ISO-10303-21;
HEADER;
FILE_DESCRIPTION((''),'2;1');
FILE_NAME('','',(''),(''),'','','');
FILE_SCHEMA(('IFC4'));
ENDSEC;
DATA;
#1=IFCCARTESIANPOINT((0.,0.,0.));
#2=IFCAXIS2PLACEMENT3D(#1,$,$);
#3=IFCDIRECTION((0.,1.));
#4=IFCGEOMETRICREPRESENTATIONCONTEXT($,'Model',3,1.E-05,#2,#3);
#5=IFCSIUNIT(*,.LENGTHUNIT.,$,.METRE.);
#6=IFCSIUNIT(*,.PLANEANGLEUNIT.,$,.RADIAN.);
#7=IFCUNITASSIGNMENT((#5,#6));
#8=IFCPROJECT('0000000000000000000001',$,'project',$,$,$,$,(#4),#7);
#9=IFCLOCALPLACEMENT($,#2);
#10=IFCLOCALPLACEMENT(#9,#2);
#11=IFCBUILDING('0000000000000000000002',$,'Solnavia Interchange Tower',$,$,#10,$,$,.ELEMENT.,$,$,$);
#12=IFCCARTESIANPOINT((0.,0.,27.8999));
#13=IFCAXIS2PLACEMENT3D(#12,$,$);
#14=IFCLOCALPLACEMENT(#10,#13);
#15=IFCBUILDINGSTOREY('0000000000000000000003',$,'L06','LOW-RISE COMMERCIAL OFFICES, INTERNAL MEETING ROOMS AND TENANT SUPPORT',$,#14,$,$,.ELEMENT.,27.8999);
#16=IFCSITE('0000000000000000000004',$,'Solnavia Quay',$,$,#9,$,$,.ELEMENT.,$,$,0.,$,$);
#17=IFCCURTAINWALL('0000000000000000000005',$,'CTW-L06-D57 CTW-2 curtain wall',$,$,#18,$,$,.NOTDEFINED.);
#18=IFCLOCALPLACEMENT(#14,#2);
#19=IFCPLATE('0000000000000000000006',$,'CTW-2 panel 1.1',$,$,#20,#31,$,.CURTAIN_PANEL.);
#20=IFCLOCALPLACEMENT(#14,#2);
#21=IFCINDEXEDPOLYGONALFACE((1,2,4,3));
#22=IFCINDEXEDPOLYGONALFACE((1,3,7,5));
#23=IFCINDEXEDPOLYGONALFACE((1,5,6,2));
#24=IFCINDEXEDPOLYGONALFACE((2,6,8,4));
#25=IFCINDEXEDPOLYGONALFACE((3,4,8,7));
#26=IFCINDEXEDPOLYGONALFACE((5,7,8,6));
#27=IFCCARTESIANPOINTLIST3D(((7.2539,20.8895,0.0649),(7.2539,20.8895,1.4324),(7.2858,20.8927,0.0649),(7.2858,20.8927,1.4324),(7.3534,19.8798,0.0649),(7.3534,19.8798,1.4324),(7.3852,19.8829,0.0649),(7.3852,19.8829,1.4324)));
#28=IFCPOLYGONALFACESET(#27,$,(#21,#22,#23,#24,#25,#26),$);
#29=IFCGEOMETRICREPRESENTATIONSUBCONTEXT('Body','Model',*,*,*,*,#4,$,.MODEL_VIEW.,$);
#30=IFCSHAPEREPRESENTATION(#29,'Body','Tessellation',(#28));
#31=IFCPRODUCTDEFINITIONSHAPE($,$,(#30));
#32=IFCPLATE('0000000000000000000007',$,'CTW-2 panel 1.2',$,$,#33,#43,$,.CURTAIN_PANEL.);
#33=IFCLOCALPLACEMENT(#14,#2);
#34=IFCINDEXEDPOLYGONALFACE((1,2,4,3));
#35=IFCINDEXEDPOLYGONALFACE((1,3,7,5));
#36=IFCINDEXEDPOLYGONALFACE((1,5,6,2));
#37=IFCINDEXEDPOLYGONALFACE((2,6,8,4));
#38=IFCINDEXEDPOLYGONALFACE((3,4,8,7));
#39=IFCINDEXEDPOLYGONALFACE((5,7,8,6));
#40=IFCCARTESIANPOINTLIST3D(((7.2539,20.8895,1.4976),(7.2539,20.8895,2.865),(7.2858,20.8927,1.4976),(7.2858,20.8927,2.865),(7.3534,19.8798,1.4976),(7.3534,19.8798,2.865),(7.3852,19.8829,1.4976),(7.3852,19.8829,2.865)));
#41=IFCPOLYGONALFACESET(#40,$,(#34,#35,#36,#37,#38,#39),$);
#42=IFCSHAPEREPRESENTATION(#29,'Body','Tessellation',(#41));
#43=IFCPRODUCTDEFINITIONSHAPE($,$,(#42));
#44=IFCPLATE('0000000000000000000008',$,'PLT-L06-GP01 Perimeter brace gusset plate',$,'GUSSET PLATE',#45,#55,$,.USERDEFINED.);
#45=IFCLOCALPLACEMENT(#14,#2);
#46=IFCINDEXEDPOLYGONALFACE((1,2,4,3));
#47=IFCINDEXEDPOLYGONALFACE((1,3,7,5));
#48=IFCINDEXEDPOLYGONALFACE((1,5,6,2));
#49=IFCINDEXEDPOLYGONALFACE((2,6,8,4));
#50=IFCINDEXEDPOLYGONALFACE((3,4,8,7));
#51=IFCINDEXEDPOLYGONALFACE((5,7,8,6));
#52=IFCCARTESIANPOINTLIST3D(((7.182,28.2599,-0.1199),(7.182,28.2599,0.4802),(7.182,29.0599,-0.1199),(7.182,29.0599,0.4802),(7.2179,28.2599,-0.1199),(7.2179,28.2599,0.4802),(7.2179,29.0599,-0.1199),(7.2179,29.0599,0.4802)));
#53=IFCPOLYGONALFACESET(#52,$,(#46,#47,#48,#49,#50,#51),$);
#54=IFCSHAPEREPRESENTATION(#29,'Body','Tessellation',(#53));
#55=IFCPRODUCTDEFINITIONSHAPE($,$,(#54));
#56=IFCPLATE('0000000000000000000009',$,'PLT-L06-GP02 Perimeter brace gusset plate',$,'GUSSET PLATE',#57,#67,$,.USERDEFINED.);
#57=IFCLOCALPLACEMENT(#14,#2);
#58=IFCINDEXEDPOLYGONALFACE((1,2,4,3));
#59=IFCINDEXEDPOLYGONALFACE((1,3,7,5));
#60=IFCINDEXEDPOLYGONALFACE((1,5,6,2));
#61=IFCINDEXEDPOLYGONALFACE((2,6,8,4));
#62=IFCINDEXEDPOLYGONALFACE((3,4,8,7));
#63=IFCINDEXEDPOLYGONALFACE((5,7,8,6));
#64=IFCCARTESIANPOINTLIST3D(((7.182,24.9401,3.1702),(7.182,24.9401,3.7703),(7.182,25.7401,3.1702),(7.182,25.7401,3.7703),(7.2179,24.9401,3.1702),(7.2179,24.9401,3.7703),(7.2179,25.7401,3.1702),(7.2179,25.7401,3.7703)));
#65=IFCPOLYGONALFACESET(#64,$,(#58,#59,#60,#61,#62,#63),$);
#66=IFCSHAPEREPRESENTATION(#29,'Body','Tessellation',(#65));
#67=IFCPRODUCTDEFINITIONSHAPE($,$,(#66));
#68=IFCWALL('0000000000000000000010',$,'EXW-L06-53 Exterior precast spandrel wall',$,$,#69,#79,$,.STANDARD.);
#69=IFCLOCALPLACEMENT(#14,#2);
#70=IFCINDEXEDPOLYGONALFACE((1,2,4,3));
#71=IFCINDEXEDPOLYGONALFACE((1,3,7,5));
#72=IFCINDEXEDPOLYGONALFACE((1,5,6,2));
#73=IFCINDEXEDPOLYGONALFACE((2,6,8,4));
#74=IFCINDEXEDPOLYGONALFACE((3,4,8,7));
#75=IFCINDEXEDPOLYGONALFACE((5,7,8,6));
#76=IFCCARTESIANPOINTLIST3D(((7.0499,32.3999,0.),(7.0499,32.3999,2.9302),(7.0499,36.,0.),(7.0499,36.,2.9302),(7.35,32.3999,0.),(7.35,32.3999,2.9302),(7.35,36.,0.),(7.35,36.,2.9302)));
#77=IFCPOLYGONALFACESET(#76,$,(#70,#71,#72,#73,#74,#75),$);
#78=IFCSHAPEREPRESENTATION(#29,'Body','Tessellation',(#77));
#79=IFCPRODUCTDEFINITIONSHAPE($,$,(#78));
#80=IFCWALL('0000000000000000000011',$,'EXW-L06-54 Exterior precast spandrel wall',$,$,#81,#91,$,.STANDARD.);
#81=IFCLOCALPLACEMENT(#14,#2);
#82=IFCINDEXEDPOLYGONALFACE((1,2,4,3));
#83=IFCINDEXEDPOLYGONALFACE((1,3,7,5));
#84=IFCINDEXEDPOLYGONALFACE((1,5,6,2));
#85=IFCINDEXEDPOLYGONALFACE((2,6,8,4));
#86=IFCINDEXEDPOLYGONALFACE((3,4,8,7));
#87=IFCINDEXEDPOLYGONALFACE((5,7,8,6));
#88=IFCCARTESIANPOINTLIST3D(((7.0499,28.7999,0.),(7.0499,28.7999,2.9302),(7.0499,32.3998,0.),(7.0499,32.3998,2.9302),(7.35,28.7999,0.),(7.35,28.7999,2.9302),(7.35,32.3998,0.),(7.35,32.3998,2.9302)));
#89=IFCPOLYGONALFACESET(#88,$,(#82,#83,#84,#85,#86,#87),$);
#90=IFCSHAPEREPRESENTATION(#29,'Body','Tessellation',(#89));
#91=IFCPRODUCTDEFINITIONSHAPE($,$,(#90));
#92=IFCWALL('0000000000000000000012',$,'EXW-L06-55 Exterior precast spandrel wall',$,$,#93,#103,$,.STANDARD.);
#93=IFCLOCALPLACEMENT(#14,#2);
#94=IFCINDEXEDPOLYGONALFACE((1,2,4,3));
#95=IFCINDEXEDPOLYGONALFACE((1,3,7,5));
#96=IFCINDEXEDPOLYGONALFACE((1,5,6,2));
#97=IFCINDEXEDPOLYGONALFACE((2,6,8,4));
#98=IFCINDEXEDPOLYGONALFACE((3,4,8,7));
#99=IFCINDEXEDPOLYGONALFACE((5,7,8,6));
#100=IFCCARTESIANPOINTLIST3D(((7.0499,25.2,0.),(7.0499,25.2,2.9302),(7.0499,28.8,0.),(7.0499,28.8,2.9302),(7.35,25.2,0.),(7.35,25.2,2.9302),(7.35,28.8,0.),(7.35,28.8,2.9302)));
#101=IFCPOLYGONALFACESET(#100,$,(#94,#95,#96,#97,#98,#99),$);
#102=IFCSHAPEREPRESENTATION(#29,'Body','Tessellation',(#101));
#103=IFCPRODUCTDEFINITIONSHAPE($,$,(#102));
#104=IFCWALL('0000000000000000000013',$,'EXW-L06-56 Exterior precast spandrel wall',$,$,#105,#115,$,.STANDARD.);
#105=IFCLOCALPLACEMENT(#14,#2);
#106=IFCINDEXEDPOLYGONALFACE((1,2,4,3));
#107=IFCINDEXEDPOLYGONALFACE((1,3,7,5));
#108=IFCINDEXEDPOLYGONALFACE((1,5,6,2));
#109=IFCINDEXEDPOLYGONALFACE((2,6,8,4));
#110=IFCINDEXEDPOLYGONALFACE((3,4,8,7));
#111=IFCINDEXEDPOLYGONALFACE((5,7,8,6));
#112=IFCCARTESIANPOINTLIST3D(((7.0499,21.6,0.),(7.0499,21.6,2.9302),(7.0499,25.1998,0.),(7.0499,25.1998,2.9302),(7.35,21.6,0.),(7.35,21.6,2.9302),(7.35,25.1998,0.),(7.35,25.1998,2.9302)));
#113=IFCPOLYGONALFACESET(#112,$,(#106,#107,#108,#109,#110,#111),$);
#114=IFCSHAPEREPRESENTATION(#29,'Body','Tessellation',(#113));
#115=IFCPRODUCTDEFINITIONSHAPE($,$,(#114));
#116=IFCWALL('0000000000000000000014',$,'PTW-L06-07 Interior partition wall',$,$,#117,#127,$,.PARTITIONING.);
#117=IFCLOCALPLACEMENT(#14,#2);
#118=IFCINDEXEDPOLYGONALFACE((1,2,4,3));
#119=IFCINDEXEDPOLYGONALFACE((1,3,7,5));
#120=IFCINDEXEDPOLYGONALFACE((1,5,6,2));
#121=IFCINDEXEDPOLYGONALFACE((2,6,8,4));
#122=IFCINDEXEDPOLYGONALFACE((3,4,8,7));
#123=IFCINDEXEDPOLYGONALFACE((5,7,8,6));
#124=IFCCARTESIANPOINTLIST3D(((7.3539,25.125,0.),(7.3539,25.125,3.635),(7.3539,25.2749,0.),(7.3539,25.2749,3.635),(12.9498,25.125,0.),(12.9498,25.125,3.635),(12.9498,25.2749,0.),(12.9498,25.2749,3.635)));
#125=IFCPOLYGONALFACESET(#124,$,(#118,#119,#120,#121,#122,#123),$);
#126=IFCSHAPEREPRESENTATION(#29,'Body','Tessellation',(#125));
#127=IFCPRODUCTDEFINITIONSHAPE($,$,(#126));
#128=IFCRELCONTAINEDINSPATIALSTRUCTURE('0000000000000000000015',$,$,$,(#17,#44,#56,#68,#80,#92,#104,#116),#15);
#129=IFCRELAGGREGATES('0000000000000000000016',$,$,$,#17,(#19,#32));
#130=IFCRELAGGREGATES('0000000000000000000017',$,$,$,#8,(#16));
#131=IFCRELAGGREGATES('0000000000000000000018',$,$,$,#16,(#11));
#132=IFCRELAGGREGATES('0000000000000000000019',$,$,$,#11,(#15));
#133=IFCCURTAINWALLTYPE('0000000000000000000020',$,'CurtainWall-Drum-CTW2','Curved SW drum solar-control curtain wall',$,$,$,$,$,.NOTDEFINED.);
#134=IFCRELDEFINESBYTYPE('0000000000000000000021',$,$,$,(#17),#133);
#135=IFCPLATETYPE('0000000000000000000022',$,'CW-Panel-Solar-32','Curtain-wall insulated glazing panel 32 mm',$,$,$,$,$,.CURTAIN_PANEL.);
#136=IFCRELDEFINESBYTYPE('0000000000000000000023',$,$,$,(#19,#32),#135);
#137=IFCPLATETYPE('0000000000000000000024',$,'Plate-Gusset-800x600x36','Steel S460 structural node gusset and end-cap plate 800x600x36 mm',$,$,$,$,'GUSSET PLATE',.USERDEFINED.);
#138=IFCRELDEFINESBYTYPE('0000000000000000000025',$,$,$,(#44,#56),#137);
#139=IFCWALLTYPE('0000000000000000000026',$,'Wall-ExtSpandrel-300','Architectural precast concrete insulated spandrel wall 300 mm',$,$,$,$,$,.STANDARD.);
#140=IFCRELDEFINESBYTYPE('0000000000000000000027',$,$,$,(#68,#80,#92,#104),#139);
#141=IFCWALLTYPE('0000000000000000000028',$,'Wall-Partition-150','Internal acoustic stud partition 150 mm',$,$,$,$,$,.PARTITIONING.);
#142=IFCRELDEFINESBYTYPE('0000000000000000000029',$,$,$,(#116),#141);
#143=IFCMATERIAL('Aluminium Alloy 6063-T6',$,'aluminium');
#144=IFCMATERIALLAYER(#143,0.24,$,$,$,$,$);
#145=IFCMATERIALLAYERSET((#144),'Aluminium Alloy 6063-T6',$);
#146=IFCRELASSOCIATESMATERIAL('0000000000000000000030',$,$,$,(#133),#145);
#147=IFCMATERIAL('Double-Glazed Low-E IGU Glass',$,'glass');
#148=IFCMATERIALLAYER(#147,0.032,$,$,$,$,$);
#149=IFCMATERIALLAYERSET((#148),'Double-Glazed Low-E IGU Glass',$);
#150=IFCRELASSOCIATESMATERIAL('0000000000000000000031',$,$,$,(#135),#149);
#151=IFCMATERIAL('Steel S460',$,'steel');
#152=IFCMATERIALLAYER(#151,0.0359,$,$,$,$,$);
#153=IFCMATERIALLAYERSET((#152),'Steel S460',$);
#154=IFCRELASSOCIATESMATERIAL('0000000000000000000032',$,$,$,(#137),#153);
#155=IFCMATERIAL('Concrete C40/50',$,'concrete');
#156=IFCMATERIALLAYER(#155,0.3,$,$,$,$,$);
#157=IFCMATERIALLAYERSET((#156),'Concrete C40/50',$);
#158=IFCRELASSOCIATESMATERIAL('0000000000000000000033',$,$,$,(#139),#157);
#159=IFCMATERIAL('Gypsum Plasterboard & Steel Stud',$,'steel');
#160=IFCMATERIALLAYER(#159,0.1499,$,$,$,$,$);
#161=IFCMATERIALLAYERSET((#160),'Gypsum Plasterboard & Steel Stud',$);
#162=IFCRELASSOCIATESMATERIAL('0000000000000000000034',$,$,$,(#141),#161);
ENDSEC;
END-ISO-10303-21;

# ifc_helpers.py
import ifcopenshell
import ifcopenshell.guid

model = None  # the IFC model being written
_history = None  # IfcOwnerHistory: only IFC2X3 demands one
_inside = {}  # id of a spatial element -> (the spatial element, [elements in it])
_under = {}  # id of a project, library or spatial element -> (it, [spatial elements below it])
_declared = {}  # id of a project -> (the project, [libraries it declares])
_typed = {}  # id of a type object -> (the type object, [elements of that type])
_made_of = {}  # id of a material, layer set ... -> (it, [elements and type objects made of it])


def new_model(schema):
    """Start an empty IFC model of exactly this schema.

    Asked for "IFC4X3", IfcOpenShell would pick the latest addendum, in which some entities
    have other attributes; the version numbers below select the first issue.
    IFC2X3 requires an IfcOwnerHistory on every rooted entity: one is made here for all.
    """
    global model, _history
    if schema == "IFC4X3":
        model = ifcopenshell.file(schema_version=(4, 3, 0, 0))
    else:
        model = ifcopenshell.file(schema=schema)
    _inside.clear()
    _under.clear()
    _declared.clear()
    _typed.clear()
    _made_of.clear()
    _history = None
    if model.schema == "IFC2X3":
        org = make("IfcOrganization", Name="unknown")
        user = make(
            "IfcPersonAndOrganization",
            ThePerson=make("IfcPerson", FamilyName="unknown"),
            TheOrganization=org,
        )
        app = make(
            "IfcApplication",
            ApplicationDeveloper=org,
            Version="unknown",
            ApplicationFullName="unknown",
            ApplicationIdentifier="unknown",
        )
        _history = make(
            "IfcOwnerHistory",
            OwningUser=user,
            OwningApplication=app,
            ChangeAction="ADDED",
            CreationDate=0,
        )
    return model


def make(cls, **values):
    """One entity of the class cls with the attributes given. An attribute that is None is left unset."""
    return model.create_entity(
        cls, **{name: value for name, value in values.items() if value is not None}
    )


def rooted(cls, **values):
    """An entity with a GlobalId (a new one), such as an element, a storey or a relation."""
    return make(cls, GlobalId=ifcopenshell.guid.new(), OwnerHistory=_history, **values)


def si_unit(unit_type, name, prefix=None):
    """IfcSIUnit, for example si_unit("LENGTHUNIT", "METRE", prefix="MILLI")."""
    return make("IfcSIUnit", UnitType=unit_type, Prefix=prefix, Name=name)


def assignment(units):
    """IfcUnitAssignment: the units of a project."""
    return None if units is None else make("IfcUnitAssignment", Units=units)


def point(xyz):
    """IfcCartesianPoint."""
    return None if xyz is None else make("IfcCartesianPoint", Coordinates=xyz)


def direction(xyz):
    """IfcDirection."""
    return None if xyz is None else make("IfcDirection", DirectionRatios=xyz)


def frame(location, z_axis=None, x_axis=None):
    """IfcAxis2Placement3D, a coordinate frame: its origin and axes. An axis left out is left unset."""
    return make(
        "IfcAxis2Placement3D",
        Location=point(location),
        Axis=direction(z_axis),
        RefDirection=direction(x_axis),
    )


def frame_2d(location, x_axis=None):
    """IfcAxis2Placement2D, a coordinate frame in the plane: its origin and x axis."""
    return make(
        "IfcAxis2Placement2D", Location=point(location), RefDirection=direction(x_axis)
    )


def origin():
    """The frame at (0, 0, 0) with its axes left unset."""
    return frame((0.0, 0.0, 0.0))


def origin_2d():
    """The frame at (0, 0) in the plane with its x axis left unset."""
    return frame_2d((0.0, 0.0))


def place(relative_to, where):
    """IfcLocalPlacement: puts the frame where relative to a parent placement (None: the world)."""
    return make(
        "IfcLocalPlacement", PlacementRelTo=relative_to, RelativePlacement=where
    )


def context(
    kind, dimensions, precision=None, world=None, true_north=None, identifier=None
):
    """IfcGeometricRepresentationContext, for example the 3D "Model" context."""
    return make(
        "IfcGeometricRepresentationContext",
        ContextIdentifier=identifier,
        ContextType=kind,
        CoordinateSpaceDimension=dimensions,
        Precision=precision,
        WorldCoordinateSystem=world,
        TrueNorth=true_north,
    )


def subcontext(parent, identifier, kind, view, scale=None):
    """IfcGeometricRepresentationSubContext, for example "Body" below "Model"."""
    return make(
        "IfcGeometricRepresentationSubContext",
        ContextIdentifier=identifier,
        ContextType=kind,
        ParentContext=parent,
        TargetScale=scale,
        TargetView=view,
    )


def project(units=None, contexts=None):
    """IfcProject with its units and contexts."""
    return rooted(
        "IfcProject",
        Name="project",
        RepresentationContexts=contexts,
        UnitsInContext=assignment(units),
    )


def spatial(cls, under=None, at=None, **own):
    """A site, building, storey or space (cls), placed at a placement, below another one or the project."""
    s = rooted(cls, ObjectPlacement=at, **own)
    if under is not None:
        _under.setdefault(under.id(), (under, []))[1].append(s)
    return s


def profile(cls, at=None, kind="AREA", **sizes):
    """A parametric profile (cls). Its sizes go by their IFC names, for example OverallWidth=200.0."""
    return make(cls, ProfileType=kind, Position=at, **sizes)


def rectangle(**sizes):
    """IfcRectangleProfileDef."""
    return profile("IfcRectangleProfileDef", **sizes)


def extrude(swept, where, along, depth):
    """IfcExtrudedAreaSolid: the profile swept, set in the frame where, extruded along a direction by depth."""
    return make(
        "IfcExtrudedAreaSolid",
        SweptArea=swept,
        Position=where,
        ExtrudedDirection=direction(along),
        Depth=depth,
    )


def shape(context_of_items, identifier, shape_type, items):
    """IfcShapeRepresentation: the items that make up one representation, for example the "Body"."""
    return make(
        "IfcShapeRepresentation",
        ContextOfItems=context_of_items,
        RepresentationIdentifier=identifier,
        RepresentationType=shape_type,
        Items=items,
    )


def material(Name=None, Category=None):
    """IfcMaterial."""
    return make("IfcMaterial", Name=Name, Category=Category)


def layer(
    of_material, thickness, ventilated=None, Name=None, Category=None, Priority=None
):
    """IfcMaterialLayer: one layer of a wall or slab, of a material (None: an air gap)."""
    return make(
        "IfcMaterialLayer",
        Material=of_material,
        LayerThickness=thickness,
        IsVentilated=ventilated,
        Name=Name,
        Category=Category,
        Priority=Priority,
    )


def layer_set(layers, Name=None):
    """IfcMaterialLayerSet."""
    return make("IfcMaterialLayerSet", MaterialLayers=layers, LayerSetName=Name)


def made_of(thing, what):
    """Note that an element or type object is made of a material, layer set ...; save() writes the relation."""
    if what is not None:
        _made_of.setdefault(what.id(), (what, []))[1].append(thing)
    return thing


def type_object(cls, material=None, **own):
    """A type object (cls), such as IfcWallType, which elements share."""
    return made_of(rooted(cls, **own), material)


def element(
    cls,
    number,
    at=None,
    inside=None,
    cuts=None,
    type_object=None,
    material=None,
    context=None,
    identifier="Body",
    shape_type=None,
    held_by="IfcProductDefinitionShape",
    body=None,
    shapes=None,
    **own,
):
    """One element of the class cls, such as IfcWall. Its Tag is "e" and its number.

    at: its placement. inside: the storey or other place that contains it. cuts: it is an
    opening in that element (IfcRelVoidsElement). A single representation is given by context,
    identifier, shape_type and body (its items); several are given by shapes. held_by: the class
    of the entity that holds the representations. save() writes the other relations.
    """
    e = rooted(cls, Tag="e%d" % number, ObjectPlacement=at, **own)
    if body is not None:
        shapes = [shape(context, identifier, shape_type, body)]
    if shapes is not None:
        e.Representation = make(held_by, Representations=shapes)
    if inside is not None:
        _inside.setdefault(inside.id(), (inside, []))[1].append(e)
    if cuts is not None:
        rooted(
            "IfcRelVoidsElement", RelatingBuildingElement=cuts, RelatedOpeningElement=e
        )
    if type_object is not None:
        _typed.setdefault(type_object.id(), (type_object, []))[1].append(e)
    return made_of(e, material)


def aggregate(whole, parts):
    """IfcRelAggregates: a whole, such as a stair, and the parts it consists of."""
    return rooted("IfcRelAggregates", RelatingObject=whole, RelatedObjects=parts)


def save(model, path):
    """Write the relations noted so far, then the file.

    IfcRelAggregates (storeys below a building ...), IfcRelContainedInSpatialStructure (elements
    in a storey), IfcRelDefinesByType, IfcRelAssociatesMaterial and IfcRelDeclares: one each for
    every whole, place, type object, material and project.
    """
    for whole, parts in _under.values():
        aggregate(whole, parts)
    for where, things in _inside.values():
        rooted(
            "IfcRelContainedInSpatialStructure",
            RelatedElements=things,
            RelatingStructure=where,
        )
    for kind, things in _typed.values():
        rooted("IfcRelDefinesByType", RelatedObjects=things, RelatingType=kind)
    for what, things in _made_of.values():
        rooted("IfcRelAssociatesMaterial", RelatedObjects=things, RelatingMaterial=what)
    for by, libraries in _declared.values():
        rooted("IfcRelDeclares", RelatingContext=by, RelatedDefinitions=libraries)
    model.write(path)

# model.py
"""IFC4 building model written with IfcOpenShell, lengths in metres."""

from ifc_helpers import new_model, si_unit, direction, frame, frame_2d, origin, origin_2d, place, context, subcontext, project, spatial, rectangle, extrude, material, layer, layer_set, type_object, element, aggregate, save


model = new_model("IFC4")

# Units and contexts
model_context = context("Model", 3, precision=1e-05, world=origin(), true_north=direction((0.0, 1.0)))
body_context = subcontext(model_context, "Body", "Model", "MODEL_VIEW")
ifc_project = project(units=[si_unit("LENGTHUNIT", "METRE"), si_unit("PLANEANGLEUNIT", "RADIAN")], contexts=[model_context])

# Site, building, storey
site_placement = place(None, origin())
site = spatial("IfcSite", under=ifc_project, at=site_placement, Name="Solnavia Quay", CompositionType="ELEMENT", RefElevation=0.0)
building_placement = place(site_placement, origin())
building = spatial("IfcBuilding", under=site, at=building_placement, Name="Solnavia Interchange Tower", CompositionType="ELEMENT")
storey_placement = place(building_placement, frame((0.0, 0.0, 27.8999)))
storey = spatial("IfcBuildingStorey", under=building, at=storey_placement, Name="L06", Description="LOW-RISE COMMERCIAL OFFICES, INTERNAL MEETING ROOMS AND TENANT SUPPORT", CompositionType="ELEMENT", Elevation=27.8999)

# Shared definitions
ifc_material_1 = material(Name="Steel S460", Category="steel")

# Curtain wall, plates
ifc_material_2 = material(Name="Aluminium Alloy 6063-T6", Category="aluminium")
ifc_layer_1 = layer(ifc_material_2, 0.24)
ifc_layer_set_1 = layer_set([ifc_layer_1], Name="Aluminium Alloy 6063-T6")
curtain_wall_type = type_object("IfcCurtainWallType", Name="CurtainWall-Drum-CTW2", Description="Curved SW drum solar-control curtain wall", PredefinedType="NOTDEFINED", material=ifc_layer_set_1)
curtain_wall_placement = place(storey_placement, origin())
curtain_wall = element("IfcCurtainWall", 1, at=curtain_wall_placement, inside=storey, type_object=curtain_wall_type, Name="CTW-L06-D57 CTW-2 curtain wall", PredefinedType="NOTDEFINED")
ifc_material_3 = material(Name="Double-Glazed Low-E IGU Glass", Category="glass")
ifc_layer_2 = layer(ifc_material_3, 0.032)
ifc_layer_set_2 = layer_set([ifc_layer_2], Name="Double-Glazed Low-E IGU Glass")
plate_type_1 = type_object("IfcPlateType", Name="CW-Panel-Solar-32", Description="Curtain-wall insulated glazing panel 32 mm", PredefinedType="CURTAIN_PANEL", material=ifc_layer_set_2)
plate_1_placement = place(storey_placement, frame((7.3196, 20.3862, 0.0649), z_axis=(0.0, 0.0, 1.0), x_axis=(0.098045, -0.995182, 0.0)))
plate_1 = element("IfcPlate", 2, at=plate_1_placement, type_object=plate_type_1, Name="CTW-2 panel 1.1", PredefinedType="CURTAIN_PANEL", context=body_context, shape_type="SweptSolid", body=[
    extrude(rectangle(XDim=1.0146, YDim=0.032, at=origin_2d()), origin(), (0.0, 0.0, 1.0), 1.3674),
])
plate_2_placement = place(storey_placement, frame((7.3196, 20.3862, 1.4976), z_axis=(0.0, 0.0, 1.0), x_axis=(0.098045, -0.995182, 0.0)))
plate_2 = element("IfcPlate", 3, at=plate_2_placement, type_object=plate_type_1, Name="CTW-2 panel 1.2", PredefinedType="CURTAIN_PANEL", context=body_context, shape_type="SweptSolid", body=[
    extrude(rectangle(XDim=1.0146, YDim=0.032, at=origin_2d()), origin(), (0.0, 0.0, 1.0), 1.3674),
])
aggregate(curtain_wall, [plate_1, plate_2])

# Plates
ifc_layer_3 = layer(ifc_material_1, 0.0359)
ifc_layer_set_3 = layer_set([ifc_layer_3], Name="Steel S460")
plate_type_2 = type_object("IfcPlateType", Name="Plate-Gusset-800x600x36", Description="Steel S460 structural node gusset and end-cap plate 800x600x36 mm", ElementType="GUSSET PLATE", PredefinedType="USERDEFINED", material=ifc_layer_set_3)
for number, where, z_axis, x_axis, name in (
    (4, (7.2, 28.6599, -0.1199), (0.0, 0.0, 1.0), (0.0, -1.0, 0.0), "PLT-L06-GP01 Perimeter brace gusset plate"),
    (5, (7.2, 25.3401, 3.1702), (0.0, 0.0, 1.0), (0.0, -1.0, 0.0), "PLT-L06-GP02 Perimeter brace gusset plate"),
):
    element("IfcPlate", number, at=place(storey_placement, frame(where, z_axis=z_axis, x_axis=x_axis)), inside=storey, type_object=plate_type_2, Name=name, ObjectType="GUSSET PLATE", PredefinedType="USERDEFINED", context=body_context, shape_type="SweptSolid", body=[
        extrude(rectangle(XDim=0.8, YDim=0.0359, at=origin_2d()), origin(), (0.0, 0.0, 1.0), 0.6001),
    ])

# Walls
ifc_material_4 = material(Name="Concrete C40/50", Category="concrete")
ifc_layer_4 = layer(ifc_material_4, 0.3)
ifc_layer_set_4 = layer_set([ifc_layer_4], Name="Concrete C40/50")
wall_type_1 = type_object("IfcWallType", Name="Wall-ExtSpandrel-300", Description="Architectural precast concrete insulated spandrel wall 300 mm", PredefinedType="STANDARD", material=ifc_layer_set_4)
wall_1_placement = place(storey_placement, frame((7.2, 32.3999, 0.0), z_axis=(0.0, 0.0, 1.0), x_axis=(0.0, 1.0, 0.0)))
element("IfcWall", 6, at=wall_1_placement, inside=storey, type_object=wall_type_1, Name="EXW-L06-53 Exterior precast spandrel wall", PredefinedType="STANDARD", context=body_context, shape_type="SweptSolid", body=[
    extrude(rectangle(XDim=3.6001, YDim=0.3, at=frame_2d((1.8, 0.0))), origin(), (0.0, 0.0, 1.0), 2.9302),
])
wall_2_placement = place(storey_placement, frame((7.2, 28.8, 0.0), z_axis=(0.0, 0.0, 1.0), x_axis=(0.0, 1.0, 0.0)))
element("IfcWall", 7, at=wall_2_placement, inside=storey, type_object=wall_type_1, Name="EXW-L06-54 Exterior precast spandrel wall", PredefinedType="STANDARD", context=body_context, shape_type="SweptSolid", body=[
    extrude(rectangle(XDim=3.5999, YDim=0.3, at=frame_2d((1.7998, 0.0))), origin(), (0.0, 0.0, 1.0), 2.9302),
])
wall_3_placement = place(storey_placement, frame((7.2, 25.2, 0.0), z_axis=(0.0, 0.0, 1.0), x_axis=(0.0, 1.0, 0.0)))
element("IfcWall", 8, at=wall_3_placement, inside=storey, type_object=wall_type_1, Name="EXW-L06-55 Exterior precast spandrel wall", PredefinedType="STANDARD", context=body_context, shape_type="SweptSolid", body=[
    extrude(rectangle(XDim=3.6001, YDim=0.3, at=frame_2d((1.8, 0.0))), origin(), (0.0, 0.0, 1.0), 2.9302),
])
wall_4_placement = place(storey_placement, frame((7.2, 21.6001, 0.0), z_axis=(0.0, 0.0, 1.0), x_axis=(0.0, 1.0, 0.0)))
element("IfcWall", 9, at=wall_4_placement, inside=storey, type_object=wall_type_1, Name="EXW-L06-56 Exterior precast spandrel wall", PredefinedType="STANDARD", context=body_context, shape_type="SweptSolid", body=[
    extrude(rectangle(XDim=3.5999, YDim=0.3, at=frame_2d((1.7998, 0.0))), origin(), (0.0, 0.0, 1.0), 2.9302),
])
ifc_material_5 = material(Name="Gypsum Plasterboard & Steel Stud", Category="steel")
ifc_layer_5 = layer(ifc_material_5, 0.1499)
ifc_layer_set_5 = layer_set([ifc_layer_5], Name="Gypsum Plasterboard & Steel Stud")
wall_type_2 = type_object("IfcWallType", Name="Wall-Partition-150", Description="Internal acoustic stud partition 150 mm", PredefinedType="PARTITIONING", material=ifc_layer_set_5)
wall_5_placement = place(storey_placement, frame((7.354, 25.2, 0.0), z_axis=(0.0, 0.0, 1.0), x_axis=(1.0, 0.0, 0.0)))
element("IfcWall", 10, at=wall_5_placement, inside=storey, type_object=wall_type_2, Name="PTW-L06-07 Interior partition wall", PredefinedType="PARTITIONING", context=body_context, shape_type="SweptSolid", body=[
    extrude(rectangle(XDim=5.5959, YDim=0.1499, at=frame_2d((2.7979, 0.0))), origin(), (0.0, 0.0, 1.0), 3.635),
])

save(model, "model.ifc")
